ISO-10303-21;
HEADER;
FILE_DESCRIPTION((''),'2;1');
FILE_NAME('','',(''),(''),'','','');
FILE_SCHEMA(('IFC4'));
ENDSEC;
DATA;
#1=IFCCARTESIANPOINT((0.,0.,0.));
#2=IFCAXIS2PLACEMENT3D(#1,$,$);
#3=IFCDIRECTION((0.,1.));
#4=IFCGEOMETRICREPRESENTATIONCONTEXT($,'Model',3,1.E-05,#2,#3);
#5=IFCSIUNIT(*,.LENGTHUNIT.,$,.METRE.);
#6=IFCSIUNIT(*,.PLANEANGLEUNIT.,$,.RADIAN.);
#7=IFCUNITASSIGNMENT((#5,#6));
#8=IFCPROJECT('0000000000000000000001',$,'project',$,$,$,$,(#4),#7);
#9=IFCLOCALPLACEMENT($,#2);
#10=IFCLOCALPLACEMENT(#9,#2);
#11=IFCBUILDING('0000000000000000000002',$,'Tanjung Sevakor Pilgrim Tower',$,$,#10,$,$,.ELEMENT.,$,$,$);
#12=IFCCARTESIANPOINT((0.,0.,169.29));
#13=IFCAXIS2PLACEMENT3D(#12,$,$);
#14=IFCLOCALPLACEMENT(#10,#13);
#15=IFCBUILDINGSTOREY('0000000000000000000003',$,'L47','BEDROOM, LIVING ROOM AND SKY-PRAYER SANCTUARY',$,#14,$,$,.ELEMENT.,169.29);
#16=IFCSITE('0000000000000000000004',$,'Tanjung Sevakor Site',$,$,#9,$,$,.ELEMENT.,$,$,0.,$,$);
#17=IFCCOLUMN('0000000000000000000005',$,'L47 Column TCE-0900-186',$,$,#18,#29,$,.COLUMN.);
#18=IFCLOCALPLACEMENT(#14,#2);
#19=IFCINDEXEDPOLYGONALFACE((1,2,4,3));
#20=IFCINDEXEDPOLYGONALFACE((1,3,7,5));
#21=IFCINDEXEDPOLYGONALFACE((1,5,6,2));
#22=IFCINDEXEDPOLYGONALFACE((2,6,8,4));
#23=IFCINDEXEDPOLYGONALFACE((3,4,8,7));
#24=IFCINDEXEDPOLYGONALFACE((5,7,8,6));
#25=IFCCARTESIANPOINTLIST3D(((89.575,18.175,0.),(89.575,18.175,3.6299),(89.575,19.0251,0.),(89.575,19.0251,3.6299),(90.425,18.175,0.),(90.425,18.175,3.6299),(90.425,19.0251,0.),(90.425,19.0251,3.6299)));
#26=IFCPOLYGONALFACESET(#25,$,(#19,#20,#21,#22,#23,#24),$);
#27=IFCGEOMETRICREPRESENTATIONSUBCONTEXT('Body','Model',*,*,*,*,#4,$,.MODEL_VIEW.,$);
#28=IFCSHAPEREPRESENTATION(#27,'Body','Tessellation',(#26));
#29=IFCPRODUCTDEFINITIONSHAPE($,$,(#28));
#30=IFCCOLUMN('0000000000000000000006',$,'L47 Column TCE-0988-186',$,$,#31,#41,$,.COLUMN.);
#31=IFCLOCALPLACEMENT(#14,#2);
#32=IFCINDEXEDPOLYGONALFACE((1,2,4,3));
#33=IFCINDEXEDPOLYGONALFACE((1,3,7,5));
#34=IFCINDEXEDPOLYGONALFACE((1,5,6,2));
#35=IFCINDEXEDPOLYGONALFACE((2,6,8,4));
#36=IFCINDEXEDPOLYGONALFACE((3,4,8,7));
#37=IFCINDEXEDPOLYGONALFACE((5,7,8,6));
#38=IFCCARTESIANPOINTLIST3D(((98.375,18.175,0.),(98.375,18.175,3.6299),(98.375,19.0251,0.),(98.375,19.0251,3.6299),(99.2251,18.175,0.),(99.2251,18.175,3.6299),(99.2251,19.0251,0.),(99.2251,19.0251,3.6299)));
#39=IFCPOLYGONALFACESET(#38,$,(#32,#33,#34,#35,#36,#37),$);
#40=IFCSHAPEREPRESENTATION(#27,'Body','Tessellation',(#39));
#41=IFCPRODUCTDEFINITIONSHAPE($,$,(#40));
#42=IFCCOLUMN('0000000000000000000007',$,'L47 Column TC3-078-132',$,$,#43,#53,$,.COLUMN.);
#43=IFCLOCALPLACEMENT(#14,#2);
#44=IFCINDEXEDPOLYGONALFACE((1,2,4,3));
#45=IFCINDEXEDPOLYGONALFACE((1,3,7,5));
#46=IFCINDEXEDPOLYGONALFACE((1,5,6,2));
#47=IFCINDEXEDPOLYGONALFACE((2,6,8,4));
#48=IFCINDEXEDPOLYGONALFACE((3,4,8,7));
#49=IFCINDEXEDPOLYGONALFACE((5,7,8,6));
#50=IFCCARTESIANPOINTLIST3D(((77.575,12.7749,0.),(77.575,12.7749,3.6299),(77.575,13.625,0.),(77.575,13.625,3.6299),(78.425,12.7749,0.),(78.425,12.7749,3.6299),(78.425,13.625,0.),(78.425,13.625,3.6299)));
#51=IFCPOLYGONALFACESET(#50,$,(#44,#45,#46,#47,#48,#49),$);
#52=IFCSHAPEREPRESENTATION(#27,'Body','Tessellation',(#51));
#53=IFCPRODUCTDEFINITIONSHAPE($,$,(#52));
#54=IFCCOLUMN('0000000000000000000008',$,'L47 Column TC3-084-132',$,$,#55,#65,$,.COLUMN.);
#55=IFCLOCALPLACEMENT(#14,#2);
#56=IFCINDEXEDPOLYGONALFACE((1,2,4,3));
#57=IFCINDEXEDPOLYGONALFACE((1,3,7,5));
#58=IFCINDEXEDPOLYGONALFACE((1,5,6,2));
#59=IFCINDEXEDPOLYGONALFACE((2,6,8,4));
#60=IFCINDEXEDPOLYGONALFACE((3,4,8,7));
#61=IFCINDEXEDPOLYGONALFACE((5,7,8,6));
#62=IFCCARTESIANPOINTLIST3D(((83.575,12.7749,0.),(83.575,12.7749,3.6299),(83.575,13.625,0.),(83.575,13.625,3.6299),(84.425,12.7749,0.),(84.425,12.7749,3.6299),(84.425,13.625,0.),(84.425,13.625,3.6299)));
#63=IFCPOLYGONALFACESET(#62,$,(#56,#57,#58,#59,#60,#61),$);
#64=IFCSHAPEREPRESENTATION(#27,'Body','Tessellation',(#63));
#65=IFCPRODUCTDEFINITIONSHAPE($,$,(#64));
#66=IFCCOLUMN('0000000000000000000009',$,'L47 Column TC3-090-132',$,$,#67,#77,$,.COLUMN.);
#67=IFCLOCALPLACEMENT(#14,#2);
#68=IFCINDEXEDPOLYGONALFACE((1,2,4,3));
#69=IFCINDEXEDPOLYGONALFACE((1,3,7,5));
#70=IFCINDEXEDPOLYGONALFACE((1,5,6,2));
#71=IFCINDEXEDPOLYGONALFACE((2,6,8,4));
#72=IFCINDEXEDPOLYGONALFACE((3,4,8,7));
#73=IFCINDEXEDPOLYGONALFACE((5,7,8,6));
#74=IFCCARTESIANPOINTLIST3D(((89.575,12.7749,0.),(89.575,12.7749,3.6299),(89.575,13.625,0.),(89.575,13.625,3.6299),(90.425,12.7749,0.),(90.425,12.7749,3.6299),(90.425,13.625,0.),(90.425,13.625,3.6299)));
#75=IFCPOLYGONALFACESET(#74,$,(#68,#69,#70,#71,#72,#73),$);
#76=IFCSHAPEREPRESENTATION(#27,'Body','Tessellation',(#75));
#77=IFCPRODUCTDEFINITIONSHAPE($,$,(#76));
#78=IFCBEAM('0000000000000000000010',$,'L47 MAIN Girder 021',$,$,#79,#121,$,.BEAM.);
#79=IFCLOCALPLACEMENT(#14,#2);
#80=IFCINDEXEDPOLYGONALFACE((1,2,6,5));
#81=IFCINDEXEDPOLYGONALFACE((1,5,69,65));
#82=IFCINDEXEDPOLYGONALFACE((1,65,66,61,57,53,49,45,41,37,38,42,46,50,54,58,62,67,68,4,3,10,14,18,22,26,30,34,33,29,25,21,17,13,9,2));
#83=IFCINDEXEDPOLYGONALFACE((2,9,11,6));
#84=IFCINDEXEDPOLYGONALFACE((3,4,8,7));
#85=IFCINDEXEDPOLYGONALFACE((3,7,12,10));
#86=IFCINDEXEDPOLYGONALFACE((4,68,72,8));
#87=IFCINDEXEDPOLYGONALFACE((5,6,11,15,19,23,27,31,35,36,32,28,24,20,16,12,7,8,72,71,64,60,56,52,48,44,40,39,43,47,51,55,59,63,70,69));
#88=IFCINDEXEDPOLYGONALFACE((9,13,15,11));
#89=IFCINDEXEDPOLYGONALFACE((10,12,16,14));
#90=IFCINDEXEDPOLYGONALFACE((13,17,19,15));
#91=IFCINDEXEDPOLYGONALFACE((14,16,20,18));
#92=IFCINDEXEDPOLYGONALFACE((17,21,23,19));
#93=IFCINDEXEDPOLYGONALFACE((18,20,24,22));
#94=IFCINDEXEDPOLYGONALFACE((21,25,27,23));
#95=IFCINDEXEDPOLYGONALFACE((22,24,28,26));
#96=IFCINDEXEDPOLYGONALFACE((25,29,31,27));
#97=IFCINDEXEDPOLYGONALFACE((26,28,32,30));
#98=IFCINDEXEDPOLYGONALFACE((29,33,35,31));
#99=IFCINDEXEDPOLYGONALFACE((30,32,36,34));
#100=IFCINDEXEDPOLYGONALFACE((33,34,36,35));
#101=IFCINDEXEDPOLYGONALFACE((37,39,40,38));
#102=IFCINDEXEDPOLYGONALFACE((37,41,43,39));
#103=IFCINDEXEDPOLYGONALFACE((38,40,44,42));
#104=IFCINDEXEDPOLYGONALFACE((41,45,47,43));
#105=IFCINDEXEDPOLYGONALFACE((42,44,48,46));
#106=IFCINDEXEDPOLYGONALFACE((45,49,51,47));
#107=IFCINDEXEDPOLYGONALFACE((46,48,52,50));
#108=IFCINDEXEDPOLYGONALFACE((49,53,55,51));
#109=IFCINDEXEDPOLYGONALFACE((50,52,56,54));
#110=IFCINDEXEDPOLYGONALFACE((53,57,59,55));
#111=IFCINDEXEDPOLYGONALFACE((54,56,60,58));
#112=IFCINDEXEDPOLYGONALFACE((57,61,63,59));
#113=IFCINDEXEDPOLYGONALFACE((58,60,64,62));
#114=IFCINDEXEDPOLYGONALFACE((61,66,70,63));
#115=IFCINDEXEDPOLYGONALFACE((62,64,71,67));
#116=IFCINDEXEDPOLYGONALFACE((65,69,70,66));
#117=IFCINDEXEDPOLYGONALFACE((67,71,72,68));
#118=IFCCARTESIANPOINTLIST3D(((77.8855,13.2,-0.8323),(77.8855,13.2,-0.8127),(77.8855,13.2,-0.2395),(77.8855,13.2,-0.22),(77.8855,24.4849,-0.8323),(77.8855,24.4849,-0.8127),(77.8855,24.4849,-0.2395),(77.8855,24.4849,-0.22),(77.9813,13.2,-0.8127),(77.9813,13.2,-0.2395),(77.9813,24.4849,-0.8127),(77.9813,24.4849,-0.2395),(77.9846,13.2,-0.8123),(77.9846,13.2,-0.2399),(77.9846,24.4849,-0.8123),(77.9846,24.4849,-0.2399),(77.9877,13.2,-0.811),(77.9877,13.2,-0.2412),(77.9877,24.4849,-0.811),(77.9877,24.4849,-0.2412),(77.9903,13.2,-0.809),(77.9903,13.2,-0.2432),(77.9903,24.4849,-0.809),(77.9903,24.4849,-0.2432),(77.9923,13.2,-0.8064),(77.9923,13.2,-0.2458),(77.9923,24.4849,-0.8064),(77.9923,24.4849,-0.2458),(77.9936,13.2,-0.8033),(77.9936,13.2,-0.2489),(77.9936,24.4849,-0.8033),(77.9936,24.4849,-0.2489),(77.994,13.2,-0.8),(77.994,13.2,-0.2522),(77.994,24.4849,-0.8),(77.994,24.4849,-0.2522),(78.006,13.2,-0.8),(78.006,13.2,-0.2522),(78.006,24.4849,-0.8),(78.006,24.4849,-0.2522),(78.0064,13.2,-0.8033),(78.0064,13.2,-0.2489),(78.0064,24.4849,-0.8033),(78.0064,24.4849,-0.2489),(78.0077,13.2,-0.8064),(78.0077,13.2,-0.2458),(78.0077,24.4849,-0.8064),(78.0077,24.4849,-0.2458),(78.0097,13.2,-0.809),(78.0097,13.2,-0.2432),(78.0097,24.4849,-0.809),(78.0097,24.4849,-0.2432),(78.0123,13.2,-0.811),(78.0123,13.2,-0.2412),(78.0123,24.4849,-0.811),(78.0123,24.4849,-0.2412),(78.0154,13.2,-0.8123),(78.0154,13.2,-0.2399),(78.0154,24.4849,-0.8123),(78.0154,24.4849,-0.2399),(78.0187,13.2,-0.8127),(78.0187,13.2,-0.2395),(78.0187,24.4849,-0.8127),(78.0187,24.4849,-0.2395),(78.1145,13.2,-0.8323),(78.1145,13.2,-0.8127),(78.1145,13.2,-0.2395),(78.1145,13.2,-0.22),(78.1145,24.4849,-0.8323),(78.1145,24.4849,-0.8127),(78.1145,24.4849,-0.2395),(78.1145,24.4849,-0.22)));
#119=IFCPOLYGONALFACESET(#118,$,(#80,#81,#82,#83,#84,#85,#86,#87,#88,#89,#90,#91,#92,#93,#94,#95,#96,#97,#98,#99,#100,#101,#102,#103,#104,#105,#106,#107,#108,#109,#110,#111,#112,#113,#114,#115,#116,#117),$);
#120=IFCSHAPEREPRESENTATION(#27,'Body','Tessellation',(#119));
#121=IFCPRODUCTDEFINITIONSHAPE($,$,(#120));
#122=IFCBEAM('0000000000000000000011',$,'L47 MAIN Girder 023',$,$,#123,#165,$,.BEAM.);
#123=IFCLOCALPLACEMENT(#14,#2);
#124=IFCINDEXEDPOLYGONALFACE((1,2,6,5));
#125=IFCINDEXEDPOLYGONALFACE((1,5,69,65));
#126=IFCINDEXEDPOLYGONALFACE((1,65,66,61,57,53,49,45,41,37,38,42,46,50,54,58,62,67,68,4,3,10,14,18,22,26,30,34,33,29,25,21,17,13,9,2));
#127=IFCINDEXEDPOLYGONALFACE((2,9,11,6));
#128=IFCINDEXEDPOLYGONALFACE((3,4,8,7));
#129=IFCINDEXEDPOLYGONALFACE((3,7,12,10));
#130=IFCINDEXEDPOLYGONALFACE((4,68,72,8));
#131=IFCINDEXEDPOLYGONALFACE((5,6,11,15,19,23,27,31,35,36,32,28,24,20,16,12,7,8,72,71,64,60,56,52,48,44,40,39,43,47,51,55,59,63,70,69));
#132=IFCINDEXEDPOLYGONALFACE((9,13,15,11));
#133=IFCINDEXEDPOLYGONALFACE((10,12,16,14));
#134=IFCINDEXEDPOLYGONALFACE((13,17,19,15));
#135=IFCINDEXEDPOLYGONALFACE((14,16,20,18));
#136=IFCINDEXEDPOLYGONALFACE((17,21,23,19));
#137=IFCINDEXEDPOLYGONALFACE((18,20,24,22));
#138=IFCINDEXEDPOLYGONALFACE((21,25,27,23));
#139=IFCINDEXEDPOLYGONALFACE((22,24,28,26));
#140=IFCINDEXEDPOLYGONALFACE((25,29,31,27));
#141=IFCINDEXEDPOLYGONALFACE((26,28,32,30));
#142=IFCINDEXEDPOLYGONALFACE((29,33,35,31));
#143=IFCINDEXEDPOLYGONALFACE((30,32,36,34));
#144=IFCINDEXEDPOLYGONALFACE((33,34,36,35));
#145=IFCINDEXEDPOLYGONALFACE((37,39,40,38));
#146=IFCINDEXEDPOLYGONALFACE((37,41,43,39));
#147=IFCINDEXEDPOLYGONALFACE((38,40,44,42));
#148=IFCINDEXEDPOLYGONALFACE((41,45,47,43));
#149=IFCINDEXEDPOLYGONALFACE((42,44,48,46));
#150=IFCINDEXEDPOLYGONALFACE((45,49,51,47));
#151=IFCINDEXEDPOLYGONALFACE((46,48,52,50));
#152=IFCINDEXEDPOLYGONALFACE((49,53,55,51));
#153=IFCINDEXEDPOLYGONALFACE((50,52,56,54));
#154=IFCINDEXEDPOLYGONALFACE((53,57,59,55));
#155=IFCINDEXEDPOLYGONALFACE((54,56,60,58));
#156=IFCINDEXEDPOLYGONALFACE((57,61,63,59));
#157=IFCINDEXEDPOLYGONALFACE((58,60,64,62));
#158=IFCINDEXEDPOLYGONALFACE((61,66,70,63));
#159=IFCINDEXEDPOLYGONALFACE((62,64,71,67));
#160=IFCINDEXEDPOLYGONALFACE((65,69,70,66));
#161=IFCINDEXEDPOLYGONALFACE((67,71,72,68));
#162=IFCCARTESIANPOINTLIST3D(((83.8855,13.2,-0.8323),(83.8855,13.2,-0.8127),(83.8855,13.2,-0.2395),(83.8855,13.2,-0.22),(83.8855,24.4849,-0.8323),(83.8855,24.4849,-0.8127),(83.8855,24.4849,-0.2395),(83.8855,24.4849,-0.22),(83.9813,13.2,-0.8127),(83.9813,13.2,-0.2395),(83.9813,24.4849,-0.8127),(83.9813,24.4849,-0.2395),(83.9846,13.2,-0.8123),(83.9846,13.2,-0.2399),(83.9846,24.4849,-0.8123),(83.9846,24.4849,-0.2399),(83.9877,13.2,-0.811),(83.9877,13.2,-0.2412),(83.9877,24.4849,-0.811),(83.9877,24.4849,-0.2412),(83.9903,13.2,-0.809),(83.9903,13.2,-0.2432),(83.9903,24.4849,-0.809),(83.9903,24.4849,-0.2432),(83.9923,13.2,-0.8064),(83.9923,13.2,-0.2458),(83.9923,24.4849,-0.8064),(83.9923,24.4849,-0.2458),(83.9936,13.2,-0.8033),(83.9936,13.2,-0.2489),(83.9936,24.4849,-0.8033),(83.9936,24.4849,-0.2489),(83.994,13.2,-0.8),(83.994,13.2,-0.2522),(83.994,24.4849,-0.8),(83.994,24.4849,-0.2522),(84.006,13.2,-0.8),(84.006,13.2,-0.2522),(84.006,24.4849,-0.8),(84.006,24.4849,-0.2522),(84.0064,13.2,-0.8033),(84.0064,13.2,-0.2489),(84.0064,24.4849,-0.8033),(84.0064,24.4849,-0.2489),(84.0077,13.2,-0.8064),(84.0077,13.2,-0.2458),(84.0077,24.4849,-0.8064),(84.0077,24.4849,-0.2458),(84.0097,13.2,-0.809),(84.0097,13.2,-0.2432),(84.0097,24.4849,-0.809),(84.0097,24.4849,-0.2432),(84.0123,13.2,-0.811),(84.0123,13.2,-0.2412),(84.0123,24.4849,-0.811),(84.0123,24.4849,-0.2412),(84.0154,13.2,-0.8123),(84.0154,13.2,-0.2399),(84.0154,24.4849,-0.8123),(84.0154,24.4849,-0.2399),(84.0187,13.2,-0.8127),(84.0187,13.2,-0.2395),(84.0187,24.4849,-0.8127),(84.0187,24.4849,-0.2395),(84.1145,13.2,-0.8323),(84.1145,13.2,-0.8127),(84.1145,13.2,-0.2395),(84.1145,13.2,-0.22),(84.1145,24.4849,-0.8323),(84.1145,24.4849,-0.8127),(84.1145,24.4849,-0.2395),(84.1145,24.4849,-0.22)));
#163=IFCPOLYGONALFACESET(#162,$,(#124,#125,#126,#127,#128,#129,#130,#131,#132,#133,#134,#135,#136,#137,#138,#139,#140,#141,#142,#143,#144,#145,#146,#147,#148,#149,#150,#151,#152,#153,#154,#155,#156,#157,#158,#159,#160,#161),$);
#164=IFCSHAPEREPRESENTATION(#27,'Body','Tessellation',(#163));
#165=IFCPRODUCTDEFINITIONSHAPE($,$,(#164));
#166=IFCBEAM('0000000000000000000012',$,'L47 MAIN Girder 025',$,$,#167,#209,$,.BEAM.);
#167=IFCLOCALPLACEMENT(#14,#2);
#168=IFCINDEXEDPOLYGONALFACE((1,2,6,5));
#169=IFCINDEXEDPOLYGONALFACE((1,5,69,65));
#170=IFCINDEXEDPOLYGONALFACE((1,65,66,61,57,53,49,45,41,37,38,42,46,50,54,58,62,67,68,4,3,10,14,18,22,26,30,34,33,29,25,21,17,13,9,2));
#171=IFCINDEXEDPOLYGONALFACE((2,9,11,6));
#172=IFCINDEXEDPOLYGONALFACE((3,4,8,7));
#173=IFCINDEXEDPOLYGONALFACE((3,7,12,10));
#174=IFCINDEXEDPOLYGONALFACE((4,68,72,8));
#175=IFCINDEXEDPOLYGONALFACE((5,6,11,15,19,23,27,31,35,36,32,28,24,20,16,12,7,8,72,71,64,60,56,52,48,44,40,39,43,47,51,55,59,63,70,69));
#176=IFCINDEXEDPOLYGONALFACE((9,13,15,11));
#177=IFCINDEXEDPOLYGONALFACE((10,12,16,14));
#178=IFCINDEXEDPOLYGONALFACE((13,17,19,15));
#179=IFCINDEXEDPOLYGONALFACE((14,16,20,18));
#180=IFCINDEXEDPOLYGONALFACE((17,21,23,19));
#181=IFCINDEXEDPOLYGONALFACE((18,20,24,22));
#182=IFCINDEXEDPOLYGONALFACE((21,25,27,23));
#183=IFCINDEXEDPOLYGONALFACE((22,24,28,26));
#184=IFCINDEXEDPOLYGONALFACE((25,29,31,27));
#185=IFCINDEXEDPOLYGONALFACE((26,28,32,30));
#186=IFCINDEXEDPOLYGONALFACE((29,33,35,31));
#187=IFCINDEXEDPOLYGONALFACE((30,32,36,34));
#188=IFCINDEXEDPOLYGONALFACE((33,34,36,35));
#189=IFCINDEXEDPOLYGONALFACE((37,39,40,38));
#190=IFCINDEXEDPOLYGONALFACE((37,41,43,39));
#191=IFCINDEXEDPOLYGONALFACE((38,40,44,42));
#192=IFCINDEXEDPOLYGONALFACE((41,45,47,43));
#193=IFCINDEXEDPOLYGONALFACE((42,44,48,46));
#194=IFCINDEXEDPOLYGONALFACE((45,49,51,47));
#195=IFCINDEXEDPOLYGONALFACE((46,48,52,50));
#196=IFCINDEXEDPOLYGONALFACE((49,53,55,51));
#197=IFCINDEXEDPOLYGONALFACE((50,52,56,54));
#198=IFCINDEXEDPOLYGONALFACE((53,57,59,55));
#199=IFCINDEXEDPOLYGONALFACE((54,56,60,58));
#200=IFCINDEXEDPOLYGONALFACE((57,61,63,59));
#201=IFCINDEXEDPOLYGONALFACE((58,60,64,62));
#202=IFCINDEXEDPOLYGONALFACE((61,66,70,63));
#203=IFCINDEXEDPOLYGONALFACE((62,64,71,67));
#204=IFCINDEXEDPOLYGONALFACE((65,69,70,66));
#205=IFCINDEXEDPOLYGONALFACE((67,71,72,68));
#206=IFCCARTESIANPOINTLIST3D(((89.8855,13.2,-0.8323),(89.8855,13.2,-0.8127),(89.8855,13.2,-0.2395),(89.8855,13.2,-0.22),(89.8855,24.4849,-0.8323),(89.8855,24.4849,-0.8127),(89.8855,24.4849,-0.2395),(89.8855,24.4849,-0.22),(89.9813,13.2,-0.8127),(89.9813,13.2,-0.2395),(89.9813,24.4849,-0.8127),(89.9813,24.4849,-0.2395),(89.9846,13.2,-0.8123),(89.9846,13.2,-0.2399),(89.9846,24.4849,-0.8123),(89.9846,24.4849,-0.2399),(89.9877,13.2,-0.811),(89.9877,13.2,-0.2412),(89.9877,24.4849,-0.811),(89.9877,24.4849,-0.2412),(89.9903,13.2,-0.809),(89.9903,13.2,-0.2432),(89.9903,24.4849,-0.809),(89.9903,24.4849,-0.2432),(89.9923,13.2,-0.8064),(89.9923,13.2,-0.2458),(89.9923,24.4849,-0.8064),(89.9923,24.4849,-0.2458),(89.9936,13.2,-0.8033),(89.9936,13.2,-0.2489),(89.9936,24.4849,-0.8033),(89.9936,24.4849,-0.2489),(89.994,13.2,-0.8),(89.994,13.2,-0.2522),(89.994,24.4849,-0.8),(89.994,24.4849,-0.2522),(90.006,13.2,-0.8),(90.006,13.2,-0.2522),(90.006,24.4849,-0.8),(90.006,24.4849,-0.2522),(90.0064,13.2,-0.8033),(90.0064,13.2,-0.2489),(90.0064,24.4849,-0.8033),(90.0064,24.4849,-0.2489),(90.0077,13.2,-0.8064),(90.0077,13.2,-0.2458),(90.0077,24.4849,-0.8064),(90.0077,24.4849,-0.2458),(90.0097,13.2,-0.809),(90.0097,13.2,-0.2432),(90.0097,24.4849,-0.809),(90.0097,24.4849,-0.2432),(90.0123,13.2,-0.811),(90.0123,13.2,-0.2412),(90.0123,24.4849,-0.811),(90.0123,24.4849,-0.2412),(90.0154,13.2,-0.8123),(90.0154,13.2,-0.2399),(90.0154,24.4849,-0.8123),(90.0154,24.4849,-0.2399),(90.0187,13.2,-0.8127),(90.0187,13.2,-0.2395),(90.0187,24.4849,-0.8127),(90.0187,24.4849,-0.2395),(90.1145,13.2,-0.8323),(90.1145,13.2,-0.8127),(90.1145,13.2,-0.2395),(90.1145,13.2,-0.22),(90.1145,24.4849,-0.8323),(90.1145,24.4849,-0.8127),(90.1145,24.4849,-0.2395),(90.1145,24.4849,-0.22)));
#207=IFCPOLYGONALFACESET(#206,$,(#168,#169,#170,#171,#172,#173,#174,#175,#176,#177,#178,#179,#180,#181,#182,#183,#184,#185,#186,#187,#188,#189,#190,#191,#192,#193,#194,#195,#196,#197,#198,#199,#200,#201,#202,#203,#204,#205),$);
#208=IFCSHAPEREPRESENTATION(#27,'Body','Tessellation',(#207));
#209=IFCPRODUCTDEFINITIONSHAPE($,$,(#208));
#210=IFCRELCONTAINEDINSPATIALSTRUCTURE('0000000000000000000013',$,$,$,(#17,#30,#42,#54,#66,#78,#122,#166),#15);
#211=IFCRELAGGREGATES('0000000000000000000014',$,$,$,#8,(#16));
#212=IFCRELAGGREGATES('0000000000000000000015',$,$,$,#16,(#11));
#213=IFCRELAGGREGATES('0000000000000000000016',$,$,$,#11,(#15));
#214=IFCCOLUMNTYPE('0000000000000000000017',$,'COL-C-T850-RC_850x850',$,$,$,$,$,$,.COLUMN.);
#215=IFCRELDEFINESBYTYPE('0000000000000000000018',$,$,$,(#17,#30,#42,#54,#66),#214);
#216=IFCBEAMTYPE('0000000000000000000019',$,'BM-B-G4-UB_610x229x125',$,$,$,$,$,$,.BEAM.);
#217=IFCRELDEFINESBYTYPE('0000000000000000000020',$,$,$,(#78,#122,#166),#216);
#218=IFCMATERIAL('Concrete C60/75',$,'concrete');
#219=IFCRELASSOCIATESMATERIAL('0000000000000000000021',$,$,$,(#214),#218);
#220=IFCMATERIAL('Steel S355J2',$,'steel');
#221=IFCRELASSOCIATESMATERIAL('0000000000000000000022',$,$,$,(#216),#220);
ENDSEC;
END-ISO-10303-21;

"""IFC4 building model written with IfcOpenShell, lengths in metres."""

from ifc_helpers import new_model, si_unit, direction, frame, origin, origin_2d, place, context, subcontext, project, spatial, rectangle, i_section, extrude, material, material_profile, profile_set, type_object, element, save


model = new_model("IFC4")

# Units and contexts
model_context = context("Model", 3, precision=1e-05, world=origin(), true_north=direction((0.0, 1.0)))
body_context = subcontext(model_context, "Body", "Model", "MODEL_VIEW")
ifc_project = project(units=[si_unit("LENGTHUNIT", "METRE"), si_unit("PLANEANGLEUNIT", "RADIAN")], contexts=[model_context])

# Site, building, storey
site_placement = place(None, origin())
site = spatial("IfcSite", under=ifc_project, at=site_placement, Name="Tanjung Sevakor Site", CompositionType="ELEMENT", RefElevation=0.0)
building_placement = place(site_placement, origin())
building = spatial("IfcBuilding", under=site, at=building_placement, Name="Tanjung Sevakor Pilgrim Tower", CompositionType="ELEMENT")
storey_placement = place(building_placement, frame((0.0, 0.0, 169.29)))
storey = spatial("IfcBuildingStorey", under=building, at=storey_placement, Name="L47", Description="BEDROOM, LIVING ROOM AND SKY-PRAYER SANCTUARY", CompositionType="ELEMENT", Elevation=169.29)

# Columns
ifc_material_1 = material(Name="Concrete C60/75", Category="concrete")
ifc_material_profile_1 = material_profile(ifc_material_1, rectangle(XDim=0.8501, YDim=0.8501, at=origin_2d()))
ifc_profile_set_1 = profile_set([ifc_material_profile_1], Name="Concrete C60/75")
column_type = type_object("IfcColumnType", Name="COL-C-T850-RC_850x850", PredefinedType="COLUMN", material=ifc_profile_set_1)
for number, where, z_axis, x_axis, name in (
    (1, (90.0, 18.6001, 0.0), (0.0, 0.0, 1.0), (1.0, 0.0, 0.0), "L47 Column TCE-0900-186"),
    (2, (98.8, 18.6001, 0.0), (0.0, 0.0, 1.0), (1.0, 0.0, 0.0), "L47 Column TCE-0988-186"),
    (3, (78.0, 13.2, 0.0), (0.0, 0.0, 1.0), (1.0, 0.0, 0.0), "L47 Column TC3-078-132"),
    (4, (84.0, 13.2, 0.0), (0.0, 0.0, 1.0), (1.0, 0.0, 0.0), "L47 Column TC3-084-132"),
    (5, (90.0, 13.2, 0.0), (0.0, 0.0, 1.0), (1.0, 0.0, 0.0), "L47 Column TC3-090-132"),
):
    element("IfcColumn", number, at=place(storey_placement, frame(where, z_axis=z_axis, x_axis=x_axis)), inside=storey, type_object=column_type, Name=name, PredefinedType="COLUMN", context=body_context, shape_type="SweptSolid", body=[
        extrude(rectangle(XDim=0.8501, YDim=0.8501, at=origin_2d()), origin(), (0.0, 0.0, 1.0), 3.6299),
    ])

# Beams
ifc_material_2 = material(Name="Steel S355J2", Category="steel")
ifc_material_profile_2 = material_profile(ifc_material_2, i_section(OverallWidth=0.229, OverallDepth=0.6123, WebThickness=0.012, FlangeThickness=0.0195, FilletRadius=0.0127, at=origin_2d()))
ifc_profile_set_2 = profile_set([ifc_material_profile_2], Name="Steel S355J2")
beam_type_1 = type_object("IfcBeamType", Name="BM-B-G4-UB_610x229x125", PredefinedType="BEAM", material=ifc_profile_set_2)
for number, where, z_axis, x_axis, name in (
    (6, (78.0, 13.2, -0.5261), (0.0, 1.0, 0.0), (-1.0, 0.0, 0.0), "L47 MAIN Girder 021"),
    (7, (84.0, 13.2, -0.5261), (0.0, 1.0, 0.0), (-1.0, 0.0, 0.0), "L47 MAIN Girder 023"),
    (8, (90.0, 13.2, -0.5261), (0.0, 1.0, 0.0), (-1.0, 0.0, 0.0), "L47 MAIN Girder 025"),
):
    element("IfcBeam", number, at=place(storey_placement, frame(where, z_axis=z_axis, x_axis=x_axis)), inside=storey, type_object=beam_type_1, Name=name, PredefinedType="BEAM", context=body_context, shape_type="SweptSolid", body=[
        extrude(i_section(OverallWidth=0.229, OverallDepth=0.6123, WebThickness=0.012, FlangeThickness=0.0195, FilletRadius=0.0127, at=origin_2d()), origin(), (0.0, 0.0, 1.0), 11.2849),
    ])

save(model, "model.ifc")
